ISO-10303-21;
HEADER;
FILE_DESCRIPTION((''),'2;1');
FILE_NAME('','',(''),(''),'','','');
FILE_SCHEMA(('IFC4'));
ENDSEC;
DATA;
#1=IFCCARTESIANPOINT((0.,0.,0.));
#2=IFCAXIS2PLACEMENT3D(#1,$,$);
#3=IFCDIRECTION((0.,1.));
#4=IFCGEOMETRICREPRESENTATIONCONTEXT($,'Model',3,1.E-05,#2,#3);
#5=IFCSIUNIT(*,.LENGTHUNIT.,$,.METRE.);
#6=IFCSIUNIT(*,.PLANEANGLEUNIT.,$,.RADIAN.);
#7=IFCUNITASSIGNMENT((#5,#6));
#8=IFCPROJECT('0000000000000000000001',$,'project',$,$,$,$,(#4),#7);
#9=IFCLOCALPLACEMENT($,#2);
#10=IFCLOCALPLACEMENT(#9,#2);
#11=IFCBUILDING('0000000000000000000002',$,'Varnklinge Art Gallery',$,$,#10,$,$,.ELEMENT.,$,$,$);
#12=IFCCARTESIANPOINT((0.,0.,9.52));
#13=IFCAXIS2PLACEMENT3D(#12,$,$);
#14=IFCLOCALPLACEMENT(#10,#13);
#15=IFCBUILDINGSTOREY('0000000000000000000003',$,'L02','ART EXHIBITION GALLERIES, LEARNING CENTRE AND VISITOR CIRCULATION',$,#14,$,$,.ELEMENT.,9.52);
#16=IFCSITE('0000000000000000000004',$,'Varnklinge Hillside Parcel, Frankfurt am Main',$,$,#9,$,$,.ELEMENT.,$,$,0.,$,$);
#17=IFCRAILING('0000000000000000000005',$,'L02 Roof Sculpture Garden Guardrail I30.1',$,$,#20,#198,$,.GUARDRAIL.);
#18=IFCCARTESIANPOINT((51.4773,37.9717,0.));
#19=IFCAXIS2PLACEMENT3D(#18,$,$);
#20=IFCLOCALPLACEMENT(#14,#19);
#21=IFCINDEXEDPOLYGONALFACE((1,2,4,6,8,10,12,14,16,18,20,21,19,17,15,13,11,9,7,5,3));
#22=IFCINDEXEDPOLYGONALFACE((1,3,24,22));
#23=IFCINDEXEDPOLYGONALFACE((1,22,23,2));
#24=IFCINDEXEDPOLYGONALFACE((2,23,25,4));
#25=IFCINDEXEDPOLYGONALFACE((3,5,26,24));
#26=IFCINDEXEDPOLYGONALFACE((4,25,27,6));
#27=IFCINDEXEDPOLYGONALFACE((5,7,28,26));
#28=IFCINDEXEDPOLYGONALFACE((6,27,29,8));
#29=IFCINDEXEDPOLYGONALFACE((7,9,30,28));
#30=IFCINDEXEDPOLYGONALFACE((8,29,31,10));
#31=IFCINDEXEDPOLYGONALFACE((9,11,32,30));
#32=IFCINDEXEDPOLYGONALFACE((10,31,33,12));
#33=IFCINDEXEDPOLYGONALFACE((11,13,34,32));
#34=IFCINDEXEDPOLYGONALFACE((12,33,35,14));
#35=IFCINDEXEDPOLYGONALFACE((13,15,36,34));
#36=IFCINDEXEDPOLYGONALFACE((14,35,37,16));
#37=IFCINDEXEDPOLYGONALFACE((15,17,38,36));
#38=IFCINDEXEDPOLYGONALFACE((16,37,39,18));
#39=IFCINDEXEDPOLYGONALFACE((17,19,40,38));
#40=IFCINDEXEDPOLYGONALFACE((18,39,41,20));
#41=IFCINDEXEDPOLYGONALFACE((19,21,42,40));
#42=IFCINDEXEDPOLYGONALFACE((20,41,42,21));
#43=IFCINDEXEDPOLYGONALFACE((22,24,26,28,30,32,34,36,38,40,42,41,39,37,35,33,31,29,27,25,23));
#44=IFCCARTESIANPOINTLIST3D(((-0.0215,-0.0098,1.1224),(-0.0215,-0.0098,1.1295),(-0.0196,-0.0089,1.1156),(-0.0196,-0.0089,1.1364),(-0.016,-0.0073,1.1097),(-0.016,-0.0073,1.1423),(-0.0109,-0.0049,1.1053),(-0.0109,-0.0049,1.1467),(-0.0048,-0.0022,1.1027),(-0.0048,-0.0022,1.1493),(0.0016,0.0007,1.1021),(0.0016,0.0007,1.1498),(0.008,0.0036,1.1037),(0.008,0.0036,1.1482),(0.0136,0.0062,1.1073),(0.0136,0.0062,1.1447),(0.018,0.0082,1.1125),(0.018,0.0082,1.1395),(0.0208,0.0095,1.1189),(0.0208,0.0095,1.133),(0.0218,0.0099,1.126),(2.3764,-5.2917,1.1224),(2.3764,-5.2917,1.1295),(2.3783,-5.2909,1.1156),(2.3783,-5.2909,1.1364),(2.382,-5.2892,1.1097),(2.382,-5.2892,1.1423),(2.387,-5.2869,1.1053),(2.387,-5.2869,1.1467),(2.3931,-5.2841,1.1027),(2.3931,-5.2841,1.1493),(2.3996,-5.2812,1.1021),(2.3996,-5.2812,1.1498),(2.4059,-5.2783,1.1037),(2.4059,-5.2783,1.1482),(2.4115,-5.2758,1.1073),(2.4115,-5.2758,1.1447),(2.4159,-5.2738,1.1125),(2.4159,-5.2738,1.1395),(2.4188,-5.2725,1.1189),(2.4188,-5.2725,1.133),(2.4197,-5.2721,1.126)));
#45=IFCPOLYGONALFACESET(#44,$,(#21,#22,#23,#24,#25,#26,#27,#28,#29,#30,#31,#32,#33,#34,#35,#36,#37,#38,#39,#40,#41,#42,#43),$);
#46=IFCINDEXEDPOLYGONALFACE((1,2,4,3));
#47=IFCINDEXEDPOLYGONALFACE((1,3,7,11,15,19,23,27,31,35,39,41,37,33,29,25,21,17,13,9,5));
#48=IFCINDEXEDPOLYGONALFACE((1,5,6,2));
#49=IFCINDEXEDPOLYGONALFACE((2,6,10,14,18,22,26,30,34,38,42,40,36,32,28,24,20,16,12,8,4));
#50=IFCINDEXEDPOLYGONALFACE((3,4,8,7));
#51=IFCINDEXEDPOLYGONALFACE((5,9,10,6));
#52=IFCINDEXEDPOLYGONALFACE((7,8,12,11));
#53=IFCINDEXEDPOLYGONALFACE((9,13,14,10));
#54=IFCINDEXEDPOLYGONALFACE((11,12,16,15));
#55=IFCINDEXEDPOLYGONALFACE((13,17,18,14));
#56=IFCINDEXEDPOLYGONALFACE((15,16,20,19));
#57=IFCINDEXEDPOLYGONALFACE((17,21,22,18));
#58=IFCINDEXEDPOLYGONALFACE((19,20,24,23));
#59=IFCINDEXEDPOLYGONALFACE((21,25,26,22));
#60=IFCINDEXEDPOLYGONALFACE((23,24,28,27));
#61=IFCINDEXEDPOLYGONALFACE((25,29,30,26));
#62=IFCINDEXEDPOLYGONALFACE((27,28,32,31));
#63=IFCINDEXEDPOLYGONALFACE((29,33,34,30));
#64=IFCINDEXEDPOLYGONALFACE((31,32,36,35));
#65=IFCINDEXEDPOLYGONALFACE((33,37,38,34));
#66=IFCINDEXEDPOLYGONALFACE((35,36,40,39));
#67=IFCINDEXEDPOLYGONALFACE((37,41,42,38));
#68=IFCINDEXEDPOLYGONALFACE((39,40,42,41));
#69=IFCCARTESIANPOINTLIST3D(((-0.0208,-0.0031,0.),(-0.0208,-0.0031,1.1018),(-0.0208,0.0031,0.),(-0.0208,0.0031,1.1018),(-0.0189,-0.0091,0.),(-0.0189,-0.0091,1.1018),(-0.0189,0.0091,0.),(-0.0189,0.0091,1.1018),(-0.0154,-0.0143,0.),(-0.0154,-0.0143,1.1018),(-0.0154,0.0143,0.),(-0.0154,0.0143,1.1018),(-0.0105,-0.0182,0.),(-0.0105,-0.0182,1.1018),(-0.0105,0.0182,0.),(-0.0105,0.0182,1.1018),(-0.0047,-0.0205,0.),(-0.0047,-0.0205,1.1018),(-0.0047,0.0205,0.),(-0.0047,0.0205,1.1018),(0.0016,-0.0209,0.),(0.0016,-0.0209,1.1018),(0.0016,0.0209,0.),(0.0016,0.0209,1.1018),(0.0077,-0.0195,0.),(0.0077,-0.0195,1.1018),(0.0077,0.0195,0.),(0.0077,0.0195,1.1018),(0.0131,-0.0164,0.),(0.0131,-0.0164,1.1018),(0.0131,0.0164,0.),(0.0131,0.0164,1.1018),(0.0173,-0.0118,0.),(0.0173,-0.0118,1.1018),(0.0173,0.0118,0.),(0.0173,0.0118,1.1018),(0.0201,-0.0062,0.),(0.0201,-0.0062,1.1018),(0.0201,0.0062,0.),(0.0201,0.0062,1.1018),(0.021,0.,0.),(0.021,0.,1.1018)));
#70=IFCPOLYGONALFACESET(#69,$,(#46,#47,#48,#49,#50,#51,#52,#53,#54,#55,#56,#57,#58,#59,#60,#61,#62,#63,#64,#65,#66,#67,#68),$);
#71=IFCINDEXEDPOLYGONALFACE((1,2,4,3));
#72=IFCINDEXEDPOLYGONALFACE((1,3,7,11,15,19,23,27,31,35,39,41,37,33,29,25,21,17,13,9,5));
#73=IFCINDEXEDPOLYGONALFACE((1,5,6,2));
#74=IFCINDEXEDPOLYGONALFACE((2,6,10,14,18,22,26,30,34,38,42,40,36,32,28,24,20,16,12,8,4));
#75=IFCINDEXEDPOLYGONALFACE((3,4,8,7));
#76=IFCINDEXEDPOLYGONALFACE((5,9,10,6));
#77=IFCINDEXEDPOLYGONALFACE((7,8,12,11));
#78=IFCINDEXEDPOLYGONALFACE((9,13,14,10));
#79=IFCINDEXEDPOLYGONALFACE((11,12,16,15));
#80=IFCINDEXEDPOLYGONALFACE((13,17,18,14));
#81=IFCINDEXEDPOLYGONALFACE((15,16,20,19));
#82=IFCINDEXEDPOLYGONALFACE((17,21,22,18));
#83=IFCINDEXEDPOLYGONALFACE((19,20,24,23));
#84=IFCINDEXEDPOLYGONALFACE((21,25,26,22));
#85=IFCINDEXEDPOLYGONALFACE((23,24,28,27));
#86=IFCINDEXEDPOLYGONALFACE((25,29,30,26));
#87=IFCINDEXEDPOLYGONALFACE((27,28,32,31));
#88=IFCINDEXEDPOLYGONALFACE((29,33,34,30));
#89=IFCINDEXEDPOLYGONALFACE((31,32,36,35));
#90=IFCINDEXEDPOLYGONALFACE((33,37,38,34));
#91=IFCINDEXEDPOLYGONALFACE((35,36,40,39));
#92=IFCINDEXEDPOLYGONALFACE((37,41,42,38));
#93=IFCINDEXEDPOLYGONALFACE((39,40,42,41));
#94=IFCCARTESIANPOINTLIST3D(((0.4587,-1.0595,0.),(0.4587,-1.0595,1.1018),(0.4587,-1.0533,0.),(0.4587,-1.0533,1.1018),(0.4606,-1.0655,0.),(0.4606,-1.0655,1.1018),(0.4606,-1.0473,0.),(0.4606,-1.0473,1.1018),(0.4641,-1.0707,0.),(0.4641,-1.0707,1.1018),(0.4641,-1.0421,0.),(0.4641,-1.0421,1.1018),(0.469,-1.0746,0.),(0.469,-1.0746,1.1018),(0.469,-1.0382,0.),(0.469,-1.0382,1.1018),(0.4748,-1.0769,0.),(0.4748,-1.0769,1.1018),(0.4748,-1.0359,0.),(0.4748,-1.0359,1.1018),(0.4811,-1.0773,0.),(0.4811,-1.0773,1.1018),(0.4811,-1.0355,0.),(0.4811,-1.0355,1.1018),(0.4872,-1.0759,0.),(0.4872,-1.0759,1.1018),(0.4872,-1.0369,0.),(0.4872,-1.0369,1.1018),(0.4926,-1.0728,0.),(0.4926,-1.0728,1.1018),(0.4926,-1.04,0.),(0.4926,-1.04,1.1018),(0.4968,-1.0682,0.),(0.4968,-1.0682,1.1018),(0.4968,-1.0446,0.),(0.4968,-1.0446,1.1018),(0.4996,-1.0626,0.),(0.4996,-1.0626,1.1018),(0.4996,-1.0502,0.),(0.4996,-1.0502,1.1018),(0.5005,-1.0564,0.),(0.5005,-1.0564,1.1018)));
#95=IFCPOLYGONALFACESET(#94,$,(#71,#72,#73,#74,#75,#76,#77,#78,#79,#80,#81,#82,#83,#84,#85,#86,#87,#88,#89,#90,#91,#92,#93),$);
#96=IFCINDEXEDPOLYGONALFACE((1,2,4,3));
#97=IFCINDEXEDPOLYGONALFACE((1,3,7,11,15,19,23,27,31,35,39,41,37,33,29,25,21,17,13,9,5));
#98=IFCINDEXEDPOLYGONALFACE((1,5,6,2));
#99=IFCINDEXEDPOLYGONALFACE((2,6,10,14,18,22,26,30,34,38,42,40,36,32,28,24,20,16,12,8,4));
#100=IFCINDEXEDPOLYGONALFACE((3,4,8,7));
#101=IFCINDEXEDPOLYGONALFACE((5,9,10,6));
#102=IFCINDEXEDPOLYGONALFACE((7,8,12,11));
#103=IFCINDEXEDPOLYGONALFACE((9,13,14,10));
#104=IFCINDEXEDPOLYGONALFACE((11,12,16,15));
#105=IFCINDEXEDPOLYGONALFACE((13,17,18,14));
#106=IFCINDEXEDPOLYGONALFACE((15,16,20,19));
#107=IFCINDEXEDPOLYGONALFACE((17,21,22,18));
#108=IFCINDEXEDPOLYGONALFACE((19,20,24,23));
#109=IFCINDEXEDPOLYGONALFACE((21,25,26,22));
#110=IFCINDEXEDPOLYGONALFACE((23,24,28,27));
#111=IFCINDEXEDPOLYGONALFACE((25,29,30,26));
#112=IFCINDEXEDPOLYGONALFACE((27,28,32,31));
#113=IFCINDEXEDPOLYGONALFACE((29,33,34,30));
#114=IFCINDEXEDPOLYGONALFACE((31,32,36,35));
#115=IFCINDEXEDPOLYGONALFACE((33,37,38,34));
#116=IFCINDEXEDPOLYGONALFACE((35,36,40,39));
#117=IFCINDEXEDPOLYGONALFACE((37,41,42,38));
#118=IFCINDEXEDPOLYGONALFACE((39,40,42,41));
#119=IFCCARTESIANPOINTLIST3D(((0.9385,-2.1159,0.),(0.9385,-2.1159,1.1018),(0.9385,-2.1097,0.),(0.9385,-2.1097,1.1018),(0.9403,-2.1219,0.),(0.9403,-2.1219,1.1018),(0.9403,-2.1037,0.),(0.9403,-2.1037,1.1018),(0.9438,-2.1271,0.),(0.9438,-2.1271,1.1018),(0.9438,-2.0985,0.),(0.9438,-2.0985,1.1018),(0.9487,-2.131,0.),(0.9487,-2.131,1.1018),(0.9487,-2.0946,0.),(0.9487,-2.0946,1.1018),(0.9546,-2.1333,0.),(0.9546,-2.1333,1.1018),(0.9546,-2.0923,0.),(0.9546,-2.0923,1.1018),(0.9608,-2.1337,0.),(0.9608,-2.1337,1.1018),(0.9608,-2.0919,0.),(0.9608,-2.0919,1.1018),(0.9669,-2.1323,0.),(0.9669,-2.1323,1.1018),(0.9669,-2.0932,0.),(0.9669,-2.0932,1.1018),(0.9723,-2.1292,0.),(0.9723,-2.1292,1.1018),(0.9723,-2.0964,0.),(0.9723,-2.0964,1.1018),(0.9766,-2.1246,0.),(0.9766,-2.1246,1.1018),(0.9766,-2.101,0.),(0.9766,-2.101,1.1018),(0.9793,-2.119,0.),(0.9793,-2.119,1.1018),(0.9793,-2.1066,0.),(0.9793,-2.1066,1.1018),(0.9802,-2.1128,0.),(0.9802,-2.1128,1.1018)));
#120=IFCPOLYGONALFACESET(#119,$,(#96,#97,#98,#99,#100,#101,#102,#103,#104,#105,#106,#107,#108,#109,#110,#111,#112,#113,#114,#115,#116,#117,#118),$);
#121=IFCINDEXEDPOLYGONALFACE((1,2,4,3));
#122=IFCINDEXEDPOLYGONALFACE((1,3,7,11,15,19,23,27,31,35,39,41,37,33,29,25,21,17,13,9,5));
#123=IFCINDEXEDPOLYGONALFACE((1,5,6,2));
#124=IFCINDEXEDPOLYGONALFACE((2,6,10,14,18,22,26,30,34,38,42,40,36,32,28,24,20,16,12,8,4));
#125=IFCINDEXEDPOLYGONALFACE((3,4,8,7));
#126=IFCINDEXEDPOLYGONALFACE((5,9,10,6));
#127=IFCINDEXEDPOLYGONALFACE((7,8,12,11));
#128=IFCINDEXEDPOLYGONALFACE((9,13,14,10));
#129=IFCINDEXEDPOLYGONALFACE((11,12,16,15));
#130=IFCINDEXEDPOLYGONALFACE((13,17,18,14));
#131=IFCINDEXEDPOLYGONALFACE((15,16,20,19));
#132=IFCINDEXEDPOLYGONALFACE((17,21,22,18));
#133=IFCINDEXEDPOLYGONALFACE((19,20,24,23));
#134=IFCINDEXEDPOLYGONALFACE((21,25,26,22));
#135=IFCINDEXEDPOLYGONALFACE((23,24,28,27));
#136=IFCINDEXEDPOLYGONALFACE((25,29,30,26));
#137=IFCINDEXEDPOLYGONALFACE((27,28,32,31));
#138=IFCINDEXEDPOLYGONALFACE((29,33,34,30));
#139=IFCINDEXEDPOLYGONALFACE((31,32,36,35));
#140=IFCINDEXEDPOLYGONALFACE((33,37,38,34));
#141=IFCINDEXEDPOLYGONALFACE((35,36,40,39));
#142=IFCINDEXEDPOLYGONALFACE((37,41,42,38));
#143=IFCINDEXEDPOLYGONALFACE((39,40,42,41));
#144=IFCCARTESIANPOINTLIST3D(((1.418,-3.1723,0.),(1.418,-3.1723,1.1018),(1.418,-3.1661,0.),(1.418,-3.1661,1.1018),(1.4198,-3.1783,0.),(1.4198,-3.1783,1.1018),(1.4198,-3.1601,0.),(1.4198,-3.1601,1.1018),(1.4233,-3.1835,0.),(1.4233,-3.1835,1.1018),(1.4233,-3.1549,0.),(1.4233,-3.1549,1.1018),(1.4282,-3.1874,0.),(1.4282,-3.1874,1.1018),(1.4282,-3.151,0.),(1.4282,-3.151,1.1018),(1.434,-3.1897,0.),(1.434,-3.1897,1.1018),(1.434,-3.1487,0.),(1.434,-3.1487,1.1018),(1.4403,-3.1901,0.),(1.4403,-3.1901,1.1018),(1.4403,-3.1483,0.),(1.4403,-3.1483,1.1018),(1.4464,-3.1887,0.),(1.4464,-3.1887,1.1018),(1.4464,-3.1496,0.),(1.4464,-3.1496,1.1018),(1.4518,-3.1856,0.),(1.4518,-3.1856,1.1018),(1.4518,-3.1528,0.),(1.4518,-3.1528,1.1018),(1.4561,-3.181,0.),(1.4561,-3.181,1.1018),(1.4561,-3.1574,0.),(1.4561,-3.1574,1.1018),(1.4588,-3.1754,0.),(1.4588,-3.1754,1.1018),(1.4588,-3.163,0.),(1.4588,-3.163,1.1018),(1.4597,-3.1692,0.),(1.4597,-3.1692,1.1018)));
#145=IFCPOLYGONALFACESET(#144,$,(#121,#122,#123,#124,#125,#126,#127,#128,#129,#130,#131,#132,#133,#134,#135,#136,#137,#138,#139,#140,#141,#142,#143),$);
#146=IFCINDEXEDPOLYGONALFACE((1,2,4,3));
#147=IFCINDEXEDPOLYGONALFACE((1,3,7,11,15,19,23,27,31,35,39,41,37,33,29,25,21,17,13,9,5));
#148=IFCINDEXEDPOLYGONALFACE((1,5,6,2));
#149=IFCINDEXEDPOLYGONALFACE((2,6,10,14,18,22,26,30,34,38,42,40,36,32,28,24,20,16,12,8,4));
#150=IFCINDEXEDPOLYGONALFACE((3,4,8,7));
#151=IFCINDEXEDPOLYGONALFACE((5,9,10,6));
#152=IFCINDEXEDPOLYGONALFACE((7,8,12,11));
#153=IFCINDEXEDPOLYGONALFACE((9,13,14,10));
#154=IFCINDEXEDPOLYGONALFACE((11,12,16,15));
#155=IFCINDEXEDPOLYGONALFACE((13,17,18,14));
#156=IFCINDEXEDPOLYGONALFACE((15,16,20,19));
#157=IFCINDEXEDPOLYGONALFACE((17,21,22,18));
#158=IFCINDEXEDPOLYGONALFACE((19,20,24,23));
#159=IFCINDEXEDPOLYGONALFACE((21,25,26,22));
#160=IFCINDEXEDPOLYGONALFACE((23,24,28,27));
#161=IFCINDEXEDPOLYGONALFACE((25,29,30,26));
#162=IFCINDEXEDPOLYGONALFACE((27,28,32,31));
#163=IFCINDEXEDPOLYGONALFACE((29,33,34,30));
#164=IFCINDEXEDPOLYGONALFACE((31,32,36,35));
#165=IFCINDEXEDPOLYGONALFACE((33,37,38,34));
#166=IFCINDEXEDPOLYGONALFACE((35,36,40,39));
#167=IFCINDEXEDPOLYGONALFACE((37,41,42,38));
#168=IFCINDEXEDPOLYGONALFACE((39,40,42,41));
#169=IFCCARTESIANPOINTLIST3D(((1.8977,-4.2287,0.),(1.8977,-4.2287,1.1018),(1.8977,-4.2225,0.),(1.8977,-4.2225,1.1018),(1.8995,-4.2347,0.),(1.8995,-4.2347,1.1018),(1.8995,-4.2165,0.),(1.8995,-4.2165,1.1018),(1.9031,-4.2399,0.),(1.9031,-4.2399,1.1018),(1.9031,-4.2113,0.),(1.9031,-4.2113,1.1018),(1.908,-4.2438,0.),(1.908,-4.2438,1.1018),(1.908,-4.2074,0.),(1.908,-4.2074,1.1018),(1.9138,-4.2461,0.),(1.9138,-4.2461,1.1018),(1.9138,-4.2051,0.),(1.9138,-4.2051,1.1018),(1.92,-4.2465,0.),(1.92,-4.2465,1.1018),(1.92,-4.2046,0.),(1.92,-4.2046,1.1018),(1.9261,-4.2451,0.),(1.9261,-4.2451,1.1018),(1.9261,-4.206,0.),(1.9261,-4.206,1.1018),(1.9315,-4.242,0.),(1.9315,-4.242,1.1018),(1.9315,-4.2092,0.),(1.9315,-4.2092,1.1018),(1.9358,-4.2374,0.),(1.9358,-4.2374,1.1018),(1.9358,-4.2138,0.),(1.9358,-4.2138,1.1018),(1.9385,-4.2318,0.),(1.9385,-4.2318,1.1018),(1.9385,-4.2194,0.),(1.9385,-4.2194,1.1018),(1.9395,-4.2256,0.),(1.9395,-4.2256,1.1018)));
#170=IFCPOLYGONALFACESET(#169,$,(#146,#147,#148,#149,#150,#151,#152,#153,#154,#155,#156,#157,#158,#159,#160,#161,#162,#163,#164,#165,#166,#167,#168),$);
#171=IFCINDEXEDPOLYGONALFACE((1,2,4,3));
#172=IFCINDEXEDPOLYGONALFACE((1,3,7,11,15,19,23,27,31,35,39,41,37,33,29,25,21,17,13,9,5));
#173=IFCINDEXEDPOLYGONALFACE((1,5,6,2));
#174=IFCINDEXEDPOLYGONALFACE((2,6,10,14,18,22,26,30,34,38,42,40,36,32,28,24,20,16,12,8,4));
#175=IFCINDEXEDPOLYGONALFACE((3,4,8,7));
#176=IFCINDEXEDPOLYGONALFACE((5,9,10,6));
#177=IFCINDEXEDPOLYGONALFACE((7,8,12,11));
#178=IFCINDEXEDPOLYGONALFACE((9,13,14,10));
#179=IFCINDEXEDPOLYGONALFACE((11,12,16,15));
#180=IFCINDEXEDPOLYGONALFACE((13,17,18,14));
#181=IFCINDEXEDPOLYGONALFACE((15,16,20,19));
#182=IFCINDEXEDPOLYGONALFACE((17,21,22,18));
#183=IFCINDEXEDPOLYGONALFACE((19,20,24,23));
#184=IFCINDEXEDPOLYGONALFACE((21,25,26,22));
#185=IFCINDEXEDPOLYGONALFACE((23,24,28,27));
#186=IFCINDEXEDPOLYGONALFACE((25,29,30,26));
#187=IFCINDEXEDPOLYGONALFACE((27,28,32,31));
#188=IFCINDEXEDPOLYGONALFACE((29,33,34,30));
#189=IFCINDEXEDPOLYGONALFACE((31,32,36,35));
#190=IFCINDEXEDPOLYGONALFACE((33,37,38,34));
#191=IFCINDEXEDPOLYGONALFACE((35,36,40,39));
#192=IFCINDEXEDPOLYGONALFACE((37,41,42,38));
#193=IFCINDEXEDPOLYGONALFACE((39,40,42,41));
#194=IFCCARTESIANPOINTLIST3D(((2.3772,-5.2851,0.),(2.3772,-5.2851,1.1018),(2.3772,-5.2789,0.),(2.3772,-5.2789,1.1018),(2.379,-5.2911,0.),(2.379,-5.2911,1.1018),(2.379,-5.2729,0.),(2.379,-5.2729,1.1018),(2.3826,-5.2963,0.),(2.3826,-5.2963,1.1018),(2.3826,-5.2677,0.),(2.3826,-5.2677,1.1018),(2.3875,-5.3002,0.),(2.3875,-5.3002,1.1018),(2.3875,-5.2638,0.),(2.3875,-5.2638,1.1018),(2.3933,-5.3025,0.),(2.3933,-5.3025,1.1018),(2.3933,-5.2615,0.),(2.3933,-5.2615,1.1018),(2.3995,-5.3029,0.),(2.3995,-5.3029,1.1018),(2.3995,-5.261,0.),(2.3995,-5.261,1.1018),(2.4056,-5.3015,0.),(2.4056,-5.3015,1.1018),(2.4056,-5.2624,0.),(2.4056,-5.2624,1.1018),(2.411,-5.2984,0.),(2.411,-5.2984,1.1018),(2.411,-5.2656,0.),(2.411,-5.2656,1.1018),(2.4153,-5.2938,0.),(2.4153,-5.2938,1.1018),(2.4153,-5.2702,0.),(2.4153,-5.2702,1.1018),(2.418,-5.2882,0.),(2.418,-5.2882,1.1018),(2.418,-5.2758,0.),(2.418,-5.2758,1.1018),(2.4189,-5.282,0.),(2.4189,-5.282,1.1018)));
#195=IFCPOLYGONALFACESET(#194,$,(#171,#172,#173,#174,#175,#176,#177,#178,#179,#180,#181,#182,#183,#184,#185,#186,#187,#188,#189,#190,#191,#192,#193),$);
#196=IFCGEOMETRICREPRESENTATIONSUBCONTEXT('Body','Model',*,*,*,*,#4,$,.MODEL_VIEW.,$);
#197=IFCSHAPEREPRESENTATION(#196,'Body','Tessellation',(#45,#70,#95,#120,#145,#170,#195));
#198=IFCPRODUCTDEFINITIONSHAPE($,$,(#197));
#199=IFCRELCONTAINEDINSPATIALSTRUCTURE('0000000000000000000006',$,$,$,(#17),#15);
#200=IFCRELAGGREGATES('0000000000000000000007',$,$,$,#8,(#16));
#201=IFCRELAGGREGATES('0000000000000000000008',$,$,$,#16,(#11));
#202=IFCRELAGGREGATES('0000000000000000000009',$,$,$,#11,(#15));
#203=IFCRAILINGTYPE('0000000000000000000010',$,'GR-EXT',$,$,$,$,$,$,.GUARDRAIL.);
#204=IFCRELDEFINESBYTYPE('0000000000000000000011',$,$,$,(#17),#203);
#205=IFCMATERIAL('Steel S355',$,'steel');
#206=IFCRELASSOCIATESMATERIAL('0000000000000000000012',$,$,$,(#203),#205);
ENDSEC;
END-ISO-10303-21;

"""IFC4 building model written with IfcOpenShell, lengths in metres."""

from ifc_helpers import new_model, si_unit, direction, frame, origin, origin_2d, place, context, subcontext, project, spatial, circle, extrude, material, type_object, element, save


model = new_model("IFC4")

# Units and contexts
model_context = context("Model", 3, precision=1e-05, world=origin(), true_north=direction((0.0, 1.0)))
body_context = subcontext(model_context, "Body", "Model", "MODEL_VIEW")
ifc_project = project(units=[si_unit("LENGTHUNIT", "METRE"), si_unit("PLANEANGLEUNIT", "RADIAN")], contexts=[model_context])

# Site, building, storey
site_placement = place(None, origin())
site = spatial("IfcSite", under=ifc_project, at=site_placement, Name="Varnklinge Hillside Parcel, Frankfurt am Main", CompositionType="ELEMENT", RefElevation=0.0)
building_placement = place(site_placement, origin())
building = spatial("IfcBuilding", under=site, at=building_placement, Name="Varnklinge Art Gallery", CompositionType="ELEMENT")
storey_placement = place(building_placement, frame((0.0, 0.0, 9.52)))
storey = spatial("IfcBuildingStorey", under=building, at=storey_placement, Name="L02", Description="ART EXHIBITION GALLERIES, LEARNING CENTRE AND VISITOR CIRCULATION", CompositionType="ELEMENT", Elevation=9.52)

# Railing
ifc_material_1 = material(Name="Steel S355", Category="steel")
railing_type = type_object("IfcRailingType", Name="GR-EXT", PredefinedType="GUARDRAIL", material=ifc_material_1)
railing_1_placement = place(storey_placement, frame((51.4773, 37.9717, 0.0)))
element("IfcRailing", 1, at=railing_1_placement, inside=storey, type_object=railing_type, Name="L02 Roof Sculpture Garden Guardrail I30.1", PredefinedType="GUARDRAIL", context=body_context, shape_type="SweptSolid", body=[
    extrude(circle(Radius=0.0239, at=origin_2d()), frame((0.0, 0.0, 1.126), z_axis=(0.413381, -0.910558, 0.0), x_axis=(0.910558, 0.413381, 0.0)), (0.0, 0.0, 1.0), 5.8008),
    extrude(circle(Radius=0.021, at=origin_2d()), origin(), (0.0, 0.0, 1.0), 1.1018),
    extrude(circle(Radius=0.021, at=origin_2d()), frame((0.4795, -1.0564, 0.0)), (0.0, 0.0, 1.0), 1.1018),
    extrude(circle(Radius=0.021, at=origin_2d()), frame((0.9592, -2.1128, 0.0)), (0.0, 0.0, 1.0), 1.1018),
    extrude(circle(Radius=0.021, at=origin_2d()), frame((1.4387, -3.1692, 0.0)), (0.0, 0.0, 1.0), 1.1018),
    extrude(circle(Radius=0.021, at=origin_2d()), frame((1.9185, -4.2256, 0.0)), (0.0, 0.0, 1.0), 1.1018),
    extrude(circle(Radius=0.021, at=origin_2d()), frame((2.3979, -5.282, 0.0)), (0.0, 0.0, 1.0), 1.1018),
])

save(model, "model.ifc")
